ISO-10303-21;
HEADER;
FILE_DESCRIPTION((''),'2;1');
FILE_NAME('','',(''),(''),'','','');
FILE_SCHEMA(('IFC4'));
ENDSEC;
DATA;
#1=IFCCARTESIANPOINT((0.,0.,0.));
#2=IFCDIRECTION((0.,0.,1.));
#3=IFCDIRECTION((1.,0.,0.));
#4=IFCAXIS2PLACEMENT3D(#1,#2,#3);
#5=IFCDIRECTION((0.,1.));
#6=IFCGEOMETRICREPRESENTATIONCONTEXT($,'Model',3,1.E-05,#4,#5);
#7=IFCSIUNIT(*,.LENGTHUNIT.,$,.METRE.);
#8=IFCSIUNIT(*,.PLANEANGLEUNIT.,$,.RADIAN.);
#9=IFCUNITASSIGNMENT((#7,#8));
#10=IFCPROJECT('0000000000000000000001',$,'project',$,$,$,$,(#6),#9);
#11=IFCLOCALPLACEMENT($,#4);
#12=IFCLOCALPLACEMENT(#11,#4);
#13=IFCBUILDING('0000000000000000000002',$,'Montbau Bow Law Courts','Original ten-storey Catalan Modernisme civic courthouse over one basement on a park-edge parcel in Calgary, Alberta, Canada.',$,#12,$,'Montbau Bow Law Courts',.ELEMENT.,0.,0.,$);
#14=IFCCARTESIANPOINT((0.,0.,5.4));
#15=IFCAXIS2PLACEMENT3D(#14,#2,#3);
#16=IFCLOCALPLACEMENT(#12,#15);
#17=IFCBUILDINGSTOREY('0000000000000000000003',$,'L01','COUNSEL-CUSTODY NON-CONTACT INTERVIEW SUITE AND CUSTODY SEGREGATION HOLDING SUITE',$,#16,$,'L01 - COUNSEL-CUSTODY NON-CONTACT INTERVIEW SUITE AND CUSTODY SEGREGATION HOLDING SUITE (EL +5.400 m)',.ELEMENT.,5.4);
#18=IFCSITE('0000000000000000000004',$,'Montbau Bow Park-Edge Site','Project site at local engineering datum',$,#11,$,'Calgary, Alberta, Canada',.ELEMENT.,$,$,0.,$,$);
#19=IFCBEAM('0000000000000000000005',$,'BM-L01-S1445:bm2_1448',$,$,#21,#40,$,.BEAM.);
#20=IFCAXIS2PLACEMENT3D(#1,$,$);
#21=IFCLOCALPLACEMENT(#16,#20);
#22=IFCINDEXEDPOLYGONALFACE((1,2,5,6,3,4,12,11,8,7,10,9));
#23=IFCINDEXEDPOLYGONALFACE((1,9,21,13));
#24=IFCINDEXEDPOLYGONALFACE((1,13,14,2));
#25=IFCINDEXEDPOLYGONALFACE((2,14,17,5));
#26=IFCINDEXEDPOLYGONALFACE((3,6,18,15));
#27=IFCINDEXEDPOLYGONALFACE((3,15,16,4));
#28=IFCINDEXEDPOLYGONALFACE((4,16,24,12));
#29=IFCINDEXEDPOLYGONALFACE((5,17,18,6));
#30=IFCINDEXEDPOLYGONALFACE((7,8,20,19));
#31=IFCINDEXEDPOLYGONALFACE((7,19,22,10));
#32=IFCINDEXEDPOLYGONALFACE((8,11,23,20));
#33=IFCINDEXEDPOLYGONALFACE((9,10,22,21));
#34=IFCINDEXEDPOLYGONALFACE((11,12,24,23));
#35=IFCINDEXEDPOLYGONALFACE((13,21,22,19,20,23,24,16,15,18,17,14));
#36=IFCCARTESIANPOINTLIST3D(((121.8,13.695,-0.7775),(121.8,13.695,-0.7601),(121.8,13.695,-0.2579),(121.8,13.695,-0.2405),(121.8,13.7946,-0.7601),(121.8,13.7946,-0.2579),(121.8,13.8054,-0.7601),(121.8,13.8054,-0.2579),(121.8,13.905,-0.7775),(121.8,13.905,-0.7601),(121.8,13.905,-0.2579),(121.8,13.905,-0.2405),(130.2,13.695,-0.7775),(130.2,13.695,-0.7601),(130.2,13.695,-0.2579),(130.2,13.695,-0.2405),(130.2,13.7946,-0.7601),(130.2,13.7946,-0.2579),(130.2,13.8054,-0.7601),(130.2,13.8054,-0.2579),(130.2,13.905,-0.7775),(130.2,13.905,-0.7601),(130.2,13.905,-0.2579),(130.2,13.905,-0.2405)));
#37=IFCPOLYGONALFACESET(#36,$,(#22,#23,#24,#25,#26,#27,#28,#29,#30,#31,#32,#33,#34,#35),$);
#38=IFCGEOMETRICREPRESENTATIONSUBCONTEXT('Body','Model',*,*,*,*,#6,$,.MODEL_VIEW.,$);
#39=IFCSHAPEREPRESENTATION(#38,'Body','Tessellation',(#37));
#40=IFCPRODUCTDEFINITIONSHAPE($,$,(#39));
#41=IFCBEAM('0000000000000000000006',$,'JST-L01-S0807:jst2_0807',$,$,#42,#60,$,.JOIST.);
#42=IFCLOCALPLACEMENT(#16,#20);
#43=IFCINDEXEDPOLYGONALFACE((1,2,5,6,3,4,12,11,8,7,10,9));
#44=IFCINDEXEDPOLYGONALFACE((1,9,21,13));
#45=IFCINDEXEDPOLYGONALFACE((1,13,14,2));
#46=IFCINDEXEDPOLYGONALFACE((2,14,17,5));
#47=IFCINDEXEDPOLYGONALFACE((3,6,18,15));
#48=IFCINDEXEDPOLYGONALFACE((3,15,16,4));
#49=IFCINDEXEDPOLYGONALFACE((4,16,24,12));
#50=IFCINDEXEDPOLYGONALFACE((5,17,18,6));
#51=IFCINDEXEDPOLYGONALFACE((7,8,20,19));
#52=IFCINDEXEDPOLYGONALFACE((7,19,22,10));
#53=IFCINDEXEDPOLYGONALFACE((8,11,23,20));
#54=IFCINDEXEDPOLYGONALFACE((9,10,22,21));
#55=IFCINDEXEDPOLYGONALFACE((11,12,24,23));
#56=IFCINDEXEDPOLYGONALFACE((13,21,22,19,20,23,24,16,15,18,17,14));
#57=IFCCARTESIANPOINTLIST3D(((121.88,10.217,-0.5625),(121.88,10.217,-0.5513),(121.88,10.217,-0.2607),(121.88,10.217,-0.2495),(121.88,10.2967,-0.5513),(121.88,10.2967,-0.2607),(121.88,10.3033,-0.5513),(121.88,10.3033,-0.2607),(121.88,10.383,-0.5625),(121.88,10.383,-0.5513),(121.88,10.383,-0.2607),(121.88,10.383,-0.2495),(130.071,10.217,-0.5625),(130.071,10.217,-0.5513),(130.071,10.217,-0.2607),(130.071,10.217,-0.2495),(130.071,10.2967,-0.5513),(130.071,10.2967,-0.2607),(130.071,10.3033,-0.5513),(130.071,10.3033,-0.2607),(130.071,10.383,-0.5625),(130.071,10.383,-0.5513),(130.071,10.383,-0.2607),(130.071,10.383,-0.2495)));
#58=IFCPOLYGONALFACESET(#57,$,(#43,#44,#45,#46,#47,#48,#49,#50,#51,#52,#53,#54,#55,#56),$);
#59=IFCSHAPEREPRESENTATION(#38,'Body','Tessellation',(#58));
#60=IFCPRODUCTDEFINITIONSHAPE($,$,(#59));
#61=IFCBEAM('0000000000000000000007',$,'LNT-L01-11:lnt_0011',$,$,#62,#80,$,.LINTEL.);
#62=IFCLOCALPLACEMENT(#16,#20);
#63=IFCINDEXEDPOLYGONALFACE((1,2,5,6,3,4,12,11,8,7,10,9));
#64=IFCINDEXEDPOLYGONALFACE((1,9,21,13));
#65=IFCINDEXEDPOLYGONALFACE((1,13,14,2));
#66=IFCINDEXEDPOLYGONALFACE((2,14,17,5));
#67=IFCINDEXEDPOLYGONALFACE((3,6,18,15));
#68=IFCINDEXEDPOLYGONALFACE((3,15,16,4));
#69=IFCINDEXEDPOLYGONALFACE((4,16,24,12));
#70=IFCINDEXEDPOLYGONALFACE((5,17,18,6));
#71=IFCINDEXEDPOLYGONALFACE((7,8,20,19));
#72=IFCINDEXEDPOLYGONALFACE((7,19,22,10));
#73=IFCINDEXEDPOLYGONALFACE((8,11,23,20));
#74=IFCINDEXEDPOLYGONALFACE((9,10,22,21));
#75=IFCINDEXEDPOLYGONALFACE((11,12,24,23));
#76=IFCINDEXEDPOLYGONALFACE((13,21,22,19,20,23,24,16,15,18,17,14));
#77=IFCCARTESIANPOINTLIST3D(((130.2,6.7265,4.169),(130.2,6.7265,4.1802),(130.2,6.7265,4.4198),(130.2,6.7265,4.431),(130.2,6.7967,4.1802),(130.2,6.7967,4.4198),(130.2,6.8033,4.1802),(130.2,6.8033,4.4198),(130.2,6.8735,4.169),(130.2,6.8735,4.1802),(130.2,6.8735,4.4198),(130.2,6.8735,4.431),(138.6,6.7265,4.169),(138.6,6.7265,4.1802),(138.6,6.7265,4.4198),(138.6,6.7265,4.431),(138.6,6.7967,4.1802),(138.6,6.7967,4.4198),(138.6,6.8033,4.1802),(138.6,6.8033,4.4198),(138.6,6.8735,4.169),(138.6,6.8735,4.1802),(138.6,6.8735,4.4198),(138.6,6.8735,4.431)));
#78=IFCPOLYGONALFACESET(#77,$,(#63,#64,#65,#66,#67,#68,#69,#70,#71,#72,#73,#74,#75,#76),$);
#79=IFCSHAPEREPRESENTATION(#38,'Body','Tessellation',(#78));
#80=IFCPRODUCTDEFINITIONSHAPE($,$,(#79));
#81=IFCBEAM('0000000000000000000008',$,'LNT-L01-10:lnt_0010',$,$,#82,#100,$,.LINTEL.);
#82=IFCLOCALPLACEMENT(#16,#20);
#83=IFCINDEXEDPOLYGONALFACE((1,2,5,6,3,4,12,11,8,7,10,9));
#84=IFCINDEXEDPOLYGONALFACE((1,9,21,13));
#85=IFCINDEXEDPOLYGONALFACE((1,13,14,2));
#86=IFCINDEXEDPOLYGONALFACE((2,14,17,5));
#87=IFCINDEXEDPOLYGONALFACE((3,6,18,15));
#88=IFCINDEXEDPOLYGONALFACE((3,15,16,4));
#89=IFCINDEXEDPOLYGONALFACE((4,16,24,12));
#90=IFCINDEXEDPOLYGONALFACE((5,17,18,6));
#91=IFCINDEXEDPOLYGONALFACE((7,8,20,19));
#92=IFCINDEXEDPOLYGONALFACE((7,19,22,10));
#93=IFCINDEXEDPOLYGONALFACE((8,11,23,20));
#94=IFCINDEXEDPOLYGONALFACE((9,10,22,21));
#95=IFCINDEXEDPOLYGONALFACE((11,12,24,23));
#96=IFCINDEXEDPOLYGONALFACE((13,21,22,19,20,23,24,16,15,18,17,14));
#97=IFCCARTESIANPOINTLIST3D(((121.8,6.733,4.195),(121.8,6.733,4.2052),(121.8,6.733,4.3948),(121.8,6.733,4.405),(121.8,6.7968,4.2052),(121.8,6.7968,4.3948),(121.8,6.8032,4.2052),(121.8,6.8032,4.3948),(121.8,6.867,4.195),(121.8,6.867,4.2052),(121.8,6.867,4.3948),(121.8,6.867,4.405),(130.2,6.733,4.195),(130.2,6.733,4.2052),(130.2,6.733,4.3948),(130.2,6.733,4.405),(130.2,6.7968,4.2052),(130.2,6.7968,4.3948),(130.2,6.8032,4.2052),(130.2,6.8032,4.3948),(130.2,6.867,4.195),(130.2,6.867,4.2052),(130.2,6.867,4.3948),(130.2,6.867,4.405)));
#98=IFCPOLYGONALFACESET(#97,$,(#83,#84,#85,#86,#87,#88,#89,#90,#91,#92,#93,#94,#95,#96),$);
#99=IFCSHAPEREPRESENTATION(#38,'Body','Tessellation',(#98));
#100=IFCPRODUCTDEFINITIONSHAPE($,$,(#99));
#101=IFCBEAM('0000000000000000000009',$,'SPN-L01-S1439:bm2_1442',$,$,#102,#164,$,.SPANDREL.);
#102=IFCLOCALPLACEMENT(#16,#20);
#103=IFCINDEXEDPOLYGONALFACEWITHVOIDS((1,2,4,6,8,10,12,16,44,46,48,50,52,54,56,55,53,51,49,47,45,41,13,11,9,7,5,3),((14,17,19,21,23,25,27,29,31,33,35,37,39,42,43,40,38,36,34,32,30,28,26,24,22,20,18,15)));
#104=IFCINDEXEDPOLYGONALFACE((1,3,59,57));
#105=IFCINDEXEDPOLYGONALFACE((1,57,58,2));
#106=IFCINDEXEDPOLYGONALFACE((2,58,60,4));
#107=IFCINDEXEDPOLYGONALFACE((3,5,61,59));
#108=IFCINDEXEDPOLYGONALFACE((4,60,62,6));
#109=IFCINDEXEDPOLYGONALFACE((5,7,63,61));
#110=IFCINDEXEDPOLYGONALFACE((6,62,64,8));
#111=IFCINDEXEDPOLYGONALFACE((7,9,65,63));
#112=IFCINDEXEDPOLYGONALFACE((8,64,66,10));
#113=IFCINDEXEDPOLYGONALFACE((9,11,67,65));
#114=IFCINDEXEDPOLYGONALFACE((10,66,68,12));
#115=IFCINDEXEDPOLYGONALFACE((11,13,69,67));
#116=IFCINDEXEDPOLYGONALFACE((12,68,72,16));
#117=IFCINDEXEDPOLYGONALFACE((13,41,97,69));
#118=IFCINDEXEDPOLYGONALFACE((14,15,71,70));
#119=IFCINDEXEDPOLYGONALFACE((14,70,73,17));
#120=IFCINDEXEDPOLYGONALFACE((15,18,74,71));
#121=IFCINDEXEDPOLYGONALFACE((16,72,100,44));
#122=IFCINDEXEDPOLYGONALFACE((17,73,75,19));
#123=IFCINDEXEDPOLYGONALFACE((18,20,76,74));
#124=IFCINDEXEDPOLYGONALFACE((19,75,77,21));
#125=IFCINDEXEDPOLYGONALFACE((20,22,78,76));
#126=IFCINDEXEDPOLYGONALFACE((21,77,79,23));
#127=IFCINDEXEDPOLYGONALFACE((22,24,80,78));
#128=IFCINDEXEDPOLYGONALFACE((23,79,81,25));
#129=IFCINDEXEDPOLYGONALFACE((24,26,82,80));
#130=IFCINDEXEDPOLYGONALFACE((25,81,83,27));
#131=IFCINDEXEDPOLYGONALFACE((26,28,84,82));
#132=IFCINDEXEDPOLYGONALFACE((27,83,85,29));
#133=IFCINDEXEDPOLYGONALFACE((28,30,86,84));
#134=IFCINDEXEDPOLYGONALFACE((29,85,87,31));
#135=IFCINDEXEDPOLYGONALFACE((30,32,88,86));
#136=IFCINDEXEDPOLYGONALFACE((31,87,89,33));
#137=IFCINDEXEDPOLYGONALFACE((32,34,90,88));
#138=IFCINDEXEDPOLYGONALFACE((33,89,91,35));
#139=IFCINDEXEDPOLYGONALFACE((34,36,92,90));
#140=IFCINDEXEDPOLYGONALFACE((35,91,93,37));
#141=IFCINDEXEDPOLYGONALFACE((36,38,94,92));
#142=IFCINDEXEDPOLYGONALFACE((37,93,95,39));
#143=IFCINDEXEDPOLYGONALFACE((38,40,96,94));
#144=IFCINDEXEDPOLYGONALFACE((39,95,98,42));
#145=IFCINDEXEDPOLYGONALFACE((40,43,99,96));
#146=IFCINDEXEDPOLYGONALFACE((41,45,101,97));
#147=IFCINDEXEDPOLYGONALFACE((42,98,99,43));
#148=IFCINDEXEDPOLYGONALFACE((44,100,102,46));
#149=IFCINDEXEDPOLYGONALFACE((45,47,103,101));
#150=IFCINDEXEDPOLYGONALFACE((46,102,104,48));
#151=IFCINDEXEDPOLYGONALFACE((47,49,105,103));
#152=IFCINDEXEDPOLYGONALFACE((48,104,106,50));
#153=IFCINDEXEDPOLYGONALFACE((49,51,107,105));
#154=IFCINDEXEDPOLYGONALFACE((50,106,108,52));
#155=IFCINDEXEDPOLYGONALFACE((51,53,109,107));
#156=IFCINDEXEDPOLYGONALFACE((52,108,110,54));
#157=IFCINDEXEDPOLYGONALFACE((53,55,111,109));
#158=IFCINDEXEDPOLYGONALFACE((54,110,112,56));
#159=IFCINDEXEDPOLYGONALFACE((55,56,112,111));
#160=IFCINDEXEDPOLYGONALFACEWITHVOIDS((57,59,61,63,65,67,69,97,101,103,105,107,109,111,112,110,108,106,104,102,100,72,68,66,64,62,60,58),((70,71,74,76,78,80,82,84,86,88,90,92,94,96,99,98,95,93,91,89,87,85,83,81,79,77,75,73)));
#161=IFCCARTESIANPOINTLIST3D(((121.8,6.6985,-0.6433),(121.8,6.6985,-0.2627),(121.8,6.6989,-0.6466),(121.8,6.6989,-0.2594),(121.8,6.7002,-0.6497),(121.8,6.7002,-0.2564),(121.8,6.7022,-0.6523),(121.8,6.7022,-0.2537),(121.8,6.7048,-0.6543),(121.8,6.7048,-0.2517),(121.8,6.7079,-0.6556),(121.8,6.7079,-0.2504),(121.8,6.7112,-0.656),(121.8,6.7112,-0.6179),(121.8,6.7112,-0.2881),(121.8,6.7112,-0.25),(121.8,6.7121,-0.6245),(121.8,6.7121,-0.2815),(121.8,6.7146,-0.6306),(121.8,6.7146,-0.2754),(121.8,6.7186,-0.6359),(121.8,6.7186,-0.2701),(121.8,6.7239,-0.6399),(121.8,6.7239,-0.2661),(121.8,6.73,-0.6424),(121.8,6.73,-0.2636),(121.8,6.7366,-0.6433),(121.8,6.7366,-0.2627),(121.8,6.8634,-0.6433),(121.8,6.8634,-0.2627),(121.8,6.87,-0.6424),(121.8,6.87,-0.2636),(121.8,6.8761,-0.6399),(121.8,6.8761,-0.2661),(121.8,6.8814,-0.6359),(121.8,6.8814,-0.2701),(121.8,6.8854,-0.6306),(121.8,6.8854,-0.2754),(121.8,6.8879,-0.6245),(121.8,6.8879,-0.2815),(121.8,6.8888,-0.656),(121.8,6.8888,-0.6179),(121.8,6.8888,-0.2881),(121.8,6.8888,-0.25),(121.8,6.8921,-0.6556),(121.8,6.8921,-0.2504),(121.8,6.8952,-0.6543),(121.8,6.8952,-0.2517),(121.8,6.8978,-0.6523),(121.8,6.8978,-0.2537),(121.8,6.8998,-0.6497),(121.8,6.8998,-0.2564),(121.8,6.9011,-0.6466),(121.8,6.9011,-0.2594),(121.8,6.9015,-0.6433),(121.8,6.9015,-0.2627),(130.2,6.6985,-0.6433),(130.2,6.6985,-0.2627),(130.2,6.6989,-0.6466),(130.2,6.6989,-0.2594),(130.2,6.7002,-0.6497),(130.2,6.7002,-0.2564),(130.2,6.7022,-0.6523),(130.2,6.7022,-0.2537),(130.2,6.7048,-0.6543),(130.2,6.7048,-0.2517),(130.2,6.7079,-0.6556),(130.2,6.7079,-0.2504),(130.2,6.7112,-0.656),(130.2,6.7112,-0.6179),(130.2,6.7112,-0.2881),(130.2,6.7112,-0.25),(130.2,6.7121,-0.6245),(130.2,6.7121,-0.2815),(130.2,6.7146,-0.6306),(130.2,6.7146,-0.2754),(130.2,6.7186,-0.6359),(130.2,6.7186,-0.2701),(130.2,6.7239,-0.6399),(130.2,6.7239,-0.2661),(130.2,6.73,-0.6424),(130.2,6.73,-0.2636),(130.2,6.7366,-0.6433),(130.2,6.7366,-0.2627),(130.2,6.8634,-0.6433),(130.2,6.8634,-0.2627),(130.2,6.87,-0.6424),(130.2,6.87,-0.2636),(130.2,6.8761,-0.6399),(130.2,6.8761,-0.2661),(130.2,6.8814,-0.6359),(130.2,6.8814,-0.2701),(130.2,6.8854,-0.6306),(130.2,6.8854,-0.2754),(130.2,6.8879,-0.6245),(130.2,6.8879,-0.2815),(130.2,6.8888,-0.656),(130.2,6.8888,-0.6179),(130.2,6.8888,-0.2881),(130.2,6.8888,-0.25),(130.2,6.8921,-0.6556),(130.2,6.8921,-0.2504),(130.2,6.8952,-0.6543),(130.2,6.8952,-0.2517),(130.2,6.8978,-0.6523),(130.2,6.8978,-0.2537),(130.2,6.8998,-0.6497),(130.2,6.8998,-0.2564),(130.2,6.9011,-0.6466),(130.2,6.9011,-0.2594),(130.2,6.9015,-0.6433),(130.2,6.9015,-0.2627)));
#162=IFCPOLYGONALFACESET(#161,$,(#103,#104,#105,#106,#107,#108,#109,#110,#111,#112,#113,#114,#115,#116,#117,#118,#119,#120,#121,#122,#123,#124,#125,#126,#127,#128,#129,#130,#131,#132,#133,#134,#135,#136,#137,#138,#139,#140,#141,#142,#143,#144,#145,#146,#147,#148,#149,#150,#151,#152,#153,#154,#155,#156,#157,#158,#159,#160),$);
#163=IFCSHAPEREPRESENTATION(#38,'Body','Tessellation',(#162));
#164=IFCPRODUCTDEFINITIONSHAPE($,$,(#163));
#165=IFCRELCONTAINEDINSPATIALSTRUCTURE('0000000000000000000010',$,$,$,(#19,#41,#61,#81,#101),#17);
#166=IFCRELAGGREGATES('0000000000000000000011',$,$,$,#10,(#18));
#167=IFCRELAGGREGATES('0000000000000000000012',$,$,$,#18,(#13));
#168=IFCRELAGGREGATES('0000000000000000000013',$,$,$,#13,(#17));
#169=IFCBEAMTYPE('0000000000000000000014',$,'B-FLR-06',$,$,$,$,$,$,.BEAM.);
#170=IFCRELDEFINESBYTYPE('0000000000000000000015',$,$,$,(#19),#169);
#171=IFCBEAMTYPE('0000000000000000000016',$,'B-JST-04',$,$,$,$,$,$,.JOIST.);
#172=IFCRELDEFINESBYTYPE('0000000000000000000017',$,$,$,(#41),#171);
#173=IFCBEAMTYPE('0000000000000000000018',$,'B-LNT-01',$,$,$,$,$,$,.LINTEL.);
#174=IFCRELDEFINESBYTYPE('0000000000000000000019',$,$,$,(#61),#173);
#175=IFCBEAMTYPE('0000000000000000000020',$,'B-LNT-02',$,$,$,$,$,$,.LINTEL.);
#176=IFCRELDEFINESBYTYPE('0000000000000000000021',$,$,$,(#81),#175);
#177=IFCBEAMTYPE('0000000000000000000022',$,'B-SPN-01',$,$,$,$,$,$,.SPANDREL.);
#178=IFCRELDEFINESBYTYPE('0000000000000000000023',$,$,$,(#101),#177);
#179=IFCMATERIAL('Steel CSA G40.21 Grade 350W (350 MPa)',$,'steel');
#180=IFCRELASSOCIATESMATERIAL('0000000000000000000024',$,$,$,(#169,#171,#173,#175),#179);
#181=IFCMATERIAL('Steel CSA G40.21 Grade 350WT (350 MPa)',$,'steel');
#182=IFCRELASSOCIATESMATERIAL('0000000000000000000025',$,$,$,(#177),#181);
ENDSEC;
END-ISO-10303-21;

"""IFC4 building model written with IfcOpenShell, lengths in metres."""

from ifc_helpers import new_model, si_unit, direction, frame, origin_with_axes, origin_2d_with_axis, place, context, subcontext, project, spatial, hollow_rectangle, i_section, extrude, material, material_profile, profile_set, type_object, element, save


model = new_model("IFC4")

# Units and contexts
model_context = context("Model", 3, precision=1e-05, world=origin_with_axes(), true_north=direction((0.0, 1.0)))
body_context = subcontext(model_context, "Body", "Model", "MODEL_VIEW")
ifc_project = project(units=[si_unit("LENGTHUNIT", "METRE"), si_unit("PLANEANGLEUNIT", "RADIAN")], contexts=[model_context])

# Site, building, storey
site_placement = place(None, origin_with_axes())
site = spatial("IfcSite", under=ifc_project, at=site_placement, Name="Montbau Bow Park-Edge Site", Description="Project site at local engineering datum", LongName="Calgary, Alberta, Canada", CompositionType="ELEMENT", RefElevation=0.0)
building_placement = place(site_placement, origin_with_axes())
building = spatial("IfcBuilding", under=site, at=building_placement, Name="Montbau Bow Law Courts", Description="Original ten-storey Catalan Modernisme civic courthouse over one basement on a park-edge parcel in Calgary, Alberta, Canada.", LongName="Montbau Bow Law Courts", CompositionType="ELEMENT", ElevationOfRefHeight=0.0, ElevationOfTerrain=0.0)
storey_placement = place(building_placement, frame((0.0, 0.0, 5.4), z_axis=(0.0, 0.0, 1.0), x_axis=(1.0, 0.0, 0.0)))
storey = spatial("IfcBuildingStorey", under=building, at=storey_placement, Name="L01", Description="COUNSEL-CUSTODY NON-CONTACT INTERVIEW SUITE AND CUSTODY SEGREGATION HOLDING SUITE", LongName="L01 - COUNSEL-CUSTODY NON-CONTACT INTERVIEW SUITE AND CUSTODY SEGREGATION HOLDING SUITE (EL +5.400 m)", CompositionType="ELEMENT", Elevation=5.4)

# Beams
ifc_material_1 = material(Name="Steel CSA G40.21 Grade 350W (350 MPa)", Category="steel")
ifc_material_profile_1 = material_profile(ifc_material_1, i_section(OverallWidth=0.21, OverallDepth=0.537, WebThickness=0.0109, FlangeThickness=0.0174, at=origin_2d_with_axis()), Name="W530X101", Category="Main", Priority=0)
ifc_profile_set_1 = profile_set([ifc_material_profile_1], Name="Steel CSA G40.21 Grade 350W (350 MPa)")
beam_type_1 = type_object("IfcBeamType", Name="B-FLR-06", PredefinedType="BEAM", material=ifc_profile_set_1)
beam_1_placement = place(None, frame((121.8, 13.8, 4.891), z_axis=(1.0, 0.0, 0.0), x_axis=(0.0, 1.0, 0.0)))
element("IfcBeam", 1, at=beam_1_placement, inside=storey, type_object=beam_type_1, Name="BM-L01-S1445:bm2_1448", PredefinedType="BEAM", context=body_context, shape_type="SweptSolid", body=[
    extrude(i_section(OverallWidth=0.21, OverallDepth=0.537, WebThickness=0.0109, FlangeThickness=0.0174, at=origin_2d_with_axis()), origin_with_axes(), (0.0, 0.0, 1.0), 8.4),
])
ifc_material_profile_2 = material_profile(ifc_material_1, i_section(OverallWidth=0.166, OverallDepth=0.313, WebThickness=0.0066, FlangeThickness=0.0112, at=origin_2d_with_axis()), Name="W310X45", Category="Main", Priority=0)
ifc_profile_set_2 = profile_set([ifc_material_profile_2], Name="Steel CSA G40.21 Grade 350W (350 MPa)")
beam_type_2 = type_object("IfcBeamType", Name="B-JST-04", PredefinedType="JOIST", material=ifc_profile_set_2)
beam_2_placement = place(None, frame((121.88, 10.3, 4.994), z_axis=(1.0, 0.0, 0.0), x_axis=(0.0, 1.0, 0.0)))
element("IfcBeam", 2, at=beam_2_placement, inside=storey, type_object=beam_type_2, Name="JST-L01-S0807:jst2_0807", PredefinedType="JOIST", context=body_context, shape_type="SweptSolid", body=[
    extrude(i_section(OverallWidth=0.166, OverallDepth=0.313, WebThickness=0.0066, FlangeThickness=0.0112, at=origin_2d_with_axis()), origin_with_axes(), (0.0, 0.0, 1.0), 8.191),
])
ifc_material_profile_3 = material_profile(ifc_material_1, i_section(OverallWidth=0.147, OverallDepth=0.262, WebThickness=0.0066, FlangeThickness=0.0112, at=origin_2d_with_axis()), Name="W250X39", Category="Main", Priority=0)
ifc_profile_set_3 = profile_set([ifc_material_profile_3], Name="Steel CSA G40.21 Grade 350W (350 MPa)")
beam_type_3 = type_object("IfcBeamType", Name="B-LNT-01", PredefinedType="LINTEL", material=ifc_profile_set_3)
beam_3_placement = place(None, frame((130.2, 6.8, 9.7), z_axis=(1.0, 0.0, 0.0), x_axis=(0.0, 1.0, 0.0)))
element("IfcBeam", 3, at=beam_3_placement, inside=storey, type_object=beam_type_3, Name="LNT-L01-11:lnt_0011", PredefinedType="LINTEL", context=body_context, shape_type="SweptSolid", body=[
    extrude(i_section(OverallWidth=0.147, OverallDepth=0.262, WebThickness=0.0066, FlangeThickness=0.0112, at=origin_2d_with_axis()), origin_with_axes(), (0.0, 0.0, 1.0), 8.4),
])
ifc_material_profile_4 = material_profile(ifc_material_1, i_section(OverallWidth=0.134, OverallDepth=0.21, WebThickness=0.0064, FlangeThickness=0.0102, at=origin_2d_with_axis()), Name="W200X31", Category="Main", Priority=0)
ifc_profile_set_4 = profile_set([ifc_material_profile_4], Name="Steel CSA G40.21 Grade 350W (350 MPa)")
beam_type_4 = type_object("IfcBeamType", Name="B-LNT-02", PredefinedType="LINTEL", material=ifc_profile_set_4)
beam_4_placement = place(None, frame((121.8, 6.8, 9.7), z_axis=(1.0, 0.0, 0.0), x_axis=(0.0, 1.0, 0.0)))
element("IfcBeam", 4, at=beam_4_placement, inside=storey, type_object=beam_type_4, Name="LNT-L01-10:lnt_0010", PredefinedType="LINTEL", context=body_context, shape_type="SweptSolid", body=[
    extrude(i_section(OverallWidth=0.134, OverallDepth=0.21, WebThickness=0.0064, FlangeThickness=0.0102, at=origin_2d_with_axis()), origin_with_axes(), (0.0, 0.0, 1.0), 8.4),
])
ifc_material_2 = material(Name="Steel CSA G40.21 Grade 350WT (350 MPa)", Category="steel")
ifc_material_profile_5 = material_profile(ifc_material_2, hollow_rectangle(XDim=0.203, YDim=0.406, WallThickness=0.0127, InnerFilletRadius=0.0254, OuterFilletRadius=0.0127, at=origin_2d_with_axis()), Name="HSS406X203X13", Category="Main", Priority=0)
ifc_profile_set_5 = profile_set([ifc_material_profile_5], Name="Steel CSA G40.21 Grade 350WT (350 MPa)")
beam_type_5 = type_object("IfcBeamType", Name="B-SPN-01", PredefinedType="SPANDREL", material=ifc_profile_set_5)
beam_5_placement = place(None, frame((121.8, 6.8, 4.947), z_axis=(1.0, 0.0, 0.0), x_axis=(0.0, 1.0, 0.0)))
element("IfcBeam", 5, at=beam_5_placement, inside=storey, type_object=beam_type_5, Name="SPN-L01-S1439:bm2_1442", PredefinedType="SPANDREL", context=body_context, shape_type="SweptSolid", body=[
    extrude(hollow_rectangle(XDim=0.203, YDim=0.406, WallThickness=0.0127, InnerFilletRadius=0.0254, OuterFilletRadius=0.0127, at=origin_2d_with_axis()), origin_with_axes(), (0.0, 0.0, 1.0), 8.4),
])

save(model, "model.ifc")
